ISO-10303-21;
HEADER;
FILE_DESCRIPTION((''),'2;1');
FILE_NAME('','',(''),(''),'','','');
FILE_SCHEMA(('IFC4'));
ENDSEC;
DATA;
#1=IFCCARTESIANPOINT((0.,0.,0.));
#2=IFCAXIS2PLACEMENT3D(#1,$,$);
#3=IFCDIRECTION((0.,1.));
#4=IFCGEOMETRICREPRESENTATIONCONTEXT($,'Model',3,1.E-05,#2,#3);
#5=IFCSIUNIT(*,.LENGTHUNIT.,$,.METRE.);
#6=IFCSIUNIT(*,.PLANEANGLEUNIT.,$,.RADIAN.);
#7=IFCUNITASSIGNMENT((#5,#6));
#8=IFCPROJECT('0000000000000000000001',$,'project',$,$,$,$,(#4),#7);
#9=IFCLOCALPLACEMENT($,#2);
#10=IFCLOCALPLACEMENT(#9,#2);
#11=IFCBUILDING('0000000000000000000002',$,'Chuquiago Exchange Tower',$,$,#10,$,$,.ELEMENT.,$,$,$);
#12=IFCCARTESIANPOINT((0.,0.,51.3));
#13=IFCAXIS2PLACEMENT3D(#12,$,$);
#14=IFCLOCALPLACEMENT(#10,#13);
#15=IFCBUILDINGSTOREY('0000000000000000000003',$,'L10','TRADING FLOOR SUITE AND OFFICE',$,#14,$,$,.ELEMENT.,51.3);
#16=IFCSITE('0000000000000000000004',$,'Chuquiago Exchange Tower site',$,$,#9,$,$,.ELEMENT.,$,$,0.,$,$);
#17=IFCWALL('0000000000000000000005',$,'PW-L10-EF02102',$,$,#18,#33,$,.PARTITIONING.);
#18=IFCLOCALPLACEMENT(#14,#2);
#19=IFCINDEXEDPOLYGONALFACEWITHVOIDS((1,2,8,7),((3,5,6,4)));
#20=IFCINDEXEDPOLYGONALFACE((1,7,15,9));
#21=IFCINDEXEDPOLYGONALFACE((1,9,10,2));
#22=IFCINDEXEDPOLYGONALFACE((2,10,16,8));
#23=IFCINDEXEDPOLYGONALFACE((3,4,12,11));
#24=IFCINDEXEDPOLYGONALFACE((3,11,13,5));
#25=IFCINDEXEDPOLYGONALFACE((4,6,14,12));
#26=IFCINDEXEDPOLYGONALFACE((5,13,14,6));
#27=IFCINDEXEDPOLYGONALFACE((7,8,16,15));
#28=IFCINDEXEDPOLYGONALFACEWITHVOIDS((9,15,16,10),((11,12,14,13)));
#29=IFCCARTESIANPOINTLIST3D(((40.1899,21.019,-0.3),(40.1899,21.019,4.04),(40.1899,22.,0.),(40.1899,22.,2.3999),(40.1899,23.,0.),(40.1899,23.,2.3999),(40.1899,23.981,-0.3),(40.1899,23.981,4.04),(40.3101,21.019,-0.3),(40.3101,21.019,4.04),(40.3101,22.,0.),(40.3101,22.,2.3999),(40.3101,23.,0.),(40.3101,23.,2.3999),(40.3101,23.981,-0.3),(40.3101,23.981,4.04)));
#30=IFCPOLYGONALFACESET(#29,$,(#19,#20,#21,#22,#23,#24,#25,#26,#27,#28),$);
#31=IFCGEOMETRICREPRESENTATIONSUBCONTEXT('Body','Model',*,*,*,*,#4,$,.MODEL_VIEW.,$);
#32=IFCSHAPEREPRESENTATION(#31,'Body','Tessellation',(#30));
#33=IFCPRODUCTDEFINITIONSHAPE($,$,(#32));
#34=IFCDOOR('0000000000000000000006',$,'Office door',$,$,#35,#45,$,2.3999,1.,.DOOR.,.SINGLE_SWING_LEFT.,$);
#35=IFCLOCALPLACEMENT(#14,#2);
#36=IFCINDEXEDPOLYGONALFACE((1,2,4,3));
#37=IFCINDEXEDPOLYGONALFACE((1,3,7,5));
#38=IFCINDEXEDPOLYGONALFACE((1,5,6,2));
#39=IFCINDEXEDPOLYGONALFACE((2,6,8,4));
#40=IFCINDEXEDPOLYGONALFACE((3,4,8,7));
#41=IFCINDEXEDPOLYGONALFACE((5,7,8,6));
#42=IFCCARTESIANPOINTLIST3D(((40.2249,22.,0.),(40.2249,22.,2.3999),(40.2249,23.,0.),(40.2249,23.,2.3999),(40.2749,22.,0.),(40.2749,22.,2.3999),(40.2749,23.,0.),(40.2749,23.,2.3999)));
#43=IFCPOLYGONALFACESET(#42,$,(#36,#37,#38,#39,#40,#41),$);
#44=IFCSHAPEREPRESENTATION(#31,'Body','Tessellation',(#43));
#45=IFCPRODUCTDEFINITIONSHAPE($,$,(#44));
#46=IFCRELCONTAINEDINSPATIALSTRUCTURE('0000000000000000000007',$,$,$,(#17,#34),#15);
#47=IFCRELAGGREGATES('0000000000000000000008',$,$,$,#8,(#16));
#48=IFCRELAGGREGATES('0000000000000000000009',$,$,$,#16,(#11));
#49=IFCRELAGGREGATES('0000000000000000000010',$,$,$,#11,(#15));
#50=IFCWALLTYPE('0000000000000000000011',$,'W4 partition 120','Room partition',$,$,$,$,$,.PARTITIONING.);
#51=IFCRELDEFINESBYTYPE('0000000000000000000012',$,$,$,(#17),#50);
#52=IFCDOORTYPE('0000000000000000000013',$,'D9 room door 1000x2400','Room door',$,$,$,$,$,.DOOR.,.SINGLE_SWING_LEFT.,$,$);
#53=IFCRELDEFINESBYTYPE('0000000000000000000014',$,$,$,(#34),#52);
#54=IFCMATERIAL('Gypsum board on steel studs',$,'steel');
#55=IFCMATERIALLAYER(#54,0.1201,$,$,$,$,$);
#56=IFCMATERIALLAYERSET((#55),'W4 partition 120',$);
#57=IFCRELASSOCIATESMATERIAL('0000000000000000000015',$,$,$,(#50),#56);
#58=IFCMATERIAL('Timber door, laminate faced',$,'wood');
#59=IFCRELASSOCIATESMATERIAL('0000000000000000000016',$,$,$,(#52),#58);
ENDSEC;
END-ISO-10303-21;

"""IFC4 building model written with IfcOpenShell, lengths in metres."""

from ifc_helpers import new_model, si_unit, direction, frame, frame_2d, origin, place, context, subcontext, project, spatial, rectangle, extrude, material, layer, layer_set, type_object, element, fill, save


model = new_model("IFC4")

# Units and contexts
model_context = context("Model", 3, precision=1e-05, world=origin(), true_north=direction((0.0, 1.0)))
body_context = subcontext(model_context, "Body", "Model", "MODEL_VIEW")
ifc_project = project(units=[si_unit("LENGTHUNIT", "METRE"), si_unit("PLANEANGLEUNIT", "RADIAN")], contexts=[model_context])

# Site, building, storey
site_placement = place(None, origin())
site = spatial("IfcSite", under=ifc_project, at=site_placement, Name="Chuquiago Exchange Tower site", CompositionType="ELEMENT", RefElevation=0.0)
building_placement = place(site_placement, origin())
building = spatial("IfcBuilding", under=site, at=building_placement, Name="Chuquiago Exchange Tower", CompositionType="ELEMENT")
storey_placement = place(building_placement, frame((0.0, 0.0, 51.3)))
storey = spatial("IfcBuildingStorey", under=building, at=storey_placement, Name="L10", Description="TRADING FLOOR SUITE AND OFFICE", CompositionType="ELEMENT", Elevation=51.3)

# Shared definitions
ifc_material_1 = material(Name="Gypsum board on steel studs", Category="steel")
ifc_layer_1 = layer(ifc_material_1, 0.1201)
ifc_layer_set_1 = layer_set([ifc_layer_1], Name="W4 partition 120")
wall_type_1 = type_object("IfcWallType", Name="W4 partition 120", Description="Room partition", PredefinedType="PARTITIONING", material=ifc_layer_set_1)

# Wall, opening, door
ifc_material_2 = material(Name="Timber door, laminate faced", Category="wood")
door_type = type_object("IfcDoorType", Name="D9 room door 1000x2400", Description="Room door", OperationType="SINGLE_SWING_LEFT", PredefinedType="DOOR", material=ifc_material_2)
wall_1_placement = place(storey_placement, frame((40.25, 21.019, -0.3), z_axis=(0.0, 0.0, 1.0), x_axis=(0.0, 1.0, 0.0)))
wall_1 = element("IfcWall", 1, at=wall_1_placement, inside=storey, type_object=wall_type_1, Name="PW-L10-EF02102", PredefinedType="PARTITIONING", context=body_context, shape_type="SweptSolid", body=[
    extrude(rectangle(XDim=2.9619, YDim=0.1201, at=frame_2d((1.481, 0.0))), origin(), (0.0, 0.0, 1.0), 4.3401),
])
opening_1_placement = place(wall_1_placement, frame((0.981, 0.0, 0.3)))
opening_1 = element("IfcOpeningElement", 2, at=opening_1_placement, cuts=wall_1, PredefinedType="OPENING", context=body_context, shape_type="SweptSolid", body=[
    extrude(rectangle(XDim=1.0, YDim=2.3999, at=frame_2d((0.5, 1.2))), frame((0.0, 0.0701, 0.0), z_axis=(0.0, -1.0, 0.0), x_axis=(1.0, 0.0, 0.0)), (0.0, 0.0, 1.0), 0.1401),
])
door_1_placement = place(opening_1_placement, frame((1.0, 0.0, 0.0), z_axis=(0.0, 0.0, 1.0), x_axis=(-1.0, 0.0, 0.0)))
door_1 = element("IfcDoor", 3, at=door_1_placement, inside=storey, type_object=door_type, Name="Office door", OperationType="SINGLE_SWING_LEFT", OverallHeight=2.3999, OverallWidth=1.0, PredefinedType="DOOR", context=body_context, shape_type="SweptSolid", body=[
    extrude(rectangle(XDim=1.0, YDim=2.3999, at=frame_2d((0.5, 1.2))), frame((0.0, 0.0249, 0.0), z_axis=(0.0, -1.0, 0.0), x_axis=(1.0, 0.0, 0.0)), (0.0, 0.0, 1.0), 0.05),
])
fill(opening_1, door_1)

save(model, "model.ifc")
